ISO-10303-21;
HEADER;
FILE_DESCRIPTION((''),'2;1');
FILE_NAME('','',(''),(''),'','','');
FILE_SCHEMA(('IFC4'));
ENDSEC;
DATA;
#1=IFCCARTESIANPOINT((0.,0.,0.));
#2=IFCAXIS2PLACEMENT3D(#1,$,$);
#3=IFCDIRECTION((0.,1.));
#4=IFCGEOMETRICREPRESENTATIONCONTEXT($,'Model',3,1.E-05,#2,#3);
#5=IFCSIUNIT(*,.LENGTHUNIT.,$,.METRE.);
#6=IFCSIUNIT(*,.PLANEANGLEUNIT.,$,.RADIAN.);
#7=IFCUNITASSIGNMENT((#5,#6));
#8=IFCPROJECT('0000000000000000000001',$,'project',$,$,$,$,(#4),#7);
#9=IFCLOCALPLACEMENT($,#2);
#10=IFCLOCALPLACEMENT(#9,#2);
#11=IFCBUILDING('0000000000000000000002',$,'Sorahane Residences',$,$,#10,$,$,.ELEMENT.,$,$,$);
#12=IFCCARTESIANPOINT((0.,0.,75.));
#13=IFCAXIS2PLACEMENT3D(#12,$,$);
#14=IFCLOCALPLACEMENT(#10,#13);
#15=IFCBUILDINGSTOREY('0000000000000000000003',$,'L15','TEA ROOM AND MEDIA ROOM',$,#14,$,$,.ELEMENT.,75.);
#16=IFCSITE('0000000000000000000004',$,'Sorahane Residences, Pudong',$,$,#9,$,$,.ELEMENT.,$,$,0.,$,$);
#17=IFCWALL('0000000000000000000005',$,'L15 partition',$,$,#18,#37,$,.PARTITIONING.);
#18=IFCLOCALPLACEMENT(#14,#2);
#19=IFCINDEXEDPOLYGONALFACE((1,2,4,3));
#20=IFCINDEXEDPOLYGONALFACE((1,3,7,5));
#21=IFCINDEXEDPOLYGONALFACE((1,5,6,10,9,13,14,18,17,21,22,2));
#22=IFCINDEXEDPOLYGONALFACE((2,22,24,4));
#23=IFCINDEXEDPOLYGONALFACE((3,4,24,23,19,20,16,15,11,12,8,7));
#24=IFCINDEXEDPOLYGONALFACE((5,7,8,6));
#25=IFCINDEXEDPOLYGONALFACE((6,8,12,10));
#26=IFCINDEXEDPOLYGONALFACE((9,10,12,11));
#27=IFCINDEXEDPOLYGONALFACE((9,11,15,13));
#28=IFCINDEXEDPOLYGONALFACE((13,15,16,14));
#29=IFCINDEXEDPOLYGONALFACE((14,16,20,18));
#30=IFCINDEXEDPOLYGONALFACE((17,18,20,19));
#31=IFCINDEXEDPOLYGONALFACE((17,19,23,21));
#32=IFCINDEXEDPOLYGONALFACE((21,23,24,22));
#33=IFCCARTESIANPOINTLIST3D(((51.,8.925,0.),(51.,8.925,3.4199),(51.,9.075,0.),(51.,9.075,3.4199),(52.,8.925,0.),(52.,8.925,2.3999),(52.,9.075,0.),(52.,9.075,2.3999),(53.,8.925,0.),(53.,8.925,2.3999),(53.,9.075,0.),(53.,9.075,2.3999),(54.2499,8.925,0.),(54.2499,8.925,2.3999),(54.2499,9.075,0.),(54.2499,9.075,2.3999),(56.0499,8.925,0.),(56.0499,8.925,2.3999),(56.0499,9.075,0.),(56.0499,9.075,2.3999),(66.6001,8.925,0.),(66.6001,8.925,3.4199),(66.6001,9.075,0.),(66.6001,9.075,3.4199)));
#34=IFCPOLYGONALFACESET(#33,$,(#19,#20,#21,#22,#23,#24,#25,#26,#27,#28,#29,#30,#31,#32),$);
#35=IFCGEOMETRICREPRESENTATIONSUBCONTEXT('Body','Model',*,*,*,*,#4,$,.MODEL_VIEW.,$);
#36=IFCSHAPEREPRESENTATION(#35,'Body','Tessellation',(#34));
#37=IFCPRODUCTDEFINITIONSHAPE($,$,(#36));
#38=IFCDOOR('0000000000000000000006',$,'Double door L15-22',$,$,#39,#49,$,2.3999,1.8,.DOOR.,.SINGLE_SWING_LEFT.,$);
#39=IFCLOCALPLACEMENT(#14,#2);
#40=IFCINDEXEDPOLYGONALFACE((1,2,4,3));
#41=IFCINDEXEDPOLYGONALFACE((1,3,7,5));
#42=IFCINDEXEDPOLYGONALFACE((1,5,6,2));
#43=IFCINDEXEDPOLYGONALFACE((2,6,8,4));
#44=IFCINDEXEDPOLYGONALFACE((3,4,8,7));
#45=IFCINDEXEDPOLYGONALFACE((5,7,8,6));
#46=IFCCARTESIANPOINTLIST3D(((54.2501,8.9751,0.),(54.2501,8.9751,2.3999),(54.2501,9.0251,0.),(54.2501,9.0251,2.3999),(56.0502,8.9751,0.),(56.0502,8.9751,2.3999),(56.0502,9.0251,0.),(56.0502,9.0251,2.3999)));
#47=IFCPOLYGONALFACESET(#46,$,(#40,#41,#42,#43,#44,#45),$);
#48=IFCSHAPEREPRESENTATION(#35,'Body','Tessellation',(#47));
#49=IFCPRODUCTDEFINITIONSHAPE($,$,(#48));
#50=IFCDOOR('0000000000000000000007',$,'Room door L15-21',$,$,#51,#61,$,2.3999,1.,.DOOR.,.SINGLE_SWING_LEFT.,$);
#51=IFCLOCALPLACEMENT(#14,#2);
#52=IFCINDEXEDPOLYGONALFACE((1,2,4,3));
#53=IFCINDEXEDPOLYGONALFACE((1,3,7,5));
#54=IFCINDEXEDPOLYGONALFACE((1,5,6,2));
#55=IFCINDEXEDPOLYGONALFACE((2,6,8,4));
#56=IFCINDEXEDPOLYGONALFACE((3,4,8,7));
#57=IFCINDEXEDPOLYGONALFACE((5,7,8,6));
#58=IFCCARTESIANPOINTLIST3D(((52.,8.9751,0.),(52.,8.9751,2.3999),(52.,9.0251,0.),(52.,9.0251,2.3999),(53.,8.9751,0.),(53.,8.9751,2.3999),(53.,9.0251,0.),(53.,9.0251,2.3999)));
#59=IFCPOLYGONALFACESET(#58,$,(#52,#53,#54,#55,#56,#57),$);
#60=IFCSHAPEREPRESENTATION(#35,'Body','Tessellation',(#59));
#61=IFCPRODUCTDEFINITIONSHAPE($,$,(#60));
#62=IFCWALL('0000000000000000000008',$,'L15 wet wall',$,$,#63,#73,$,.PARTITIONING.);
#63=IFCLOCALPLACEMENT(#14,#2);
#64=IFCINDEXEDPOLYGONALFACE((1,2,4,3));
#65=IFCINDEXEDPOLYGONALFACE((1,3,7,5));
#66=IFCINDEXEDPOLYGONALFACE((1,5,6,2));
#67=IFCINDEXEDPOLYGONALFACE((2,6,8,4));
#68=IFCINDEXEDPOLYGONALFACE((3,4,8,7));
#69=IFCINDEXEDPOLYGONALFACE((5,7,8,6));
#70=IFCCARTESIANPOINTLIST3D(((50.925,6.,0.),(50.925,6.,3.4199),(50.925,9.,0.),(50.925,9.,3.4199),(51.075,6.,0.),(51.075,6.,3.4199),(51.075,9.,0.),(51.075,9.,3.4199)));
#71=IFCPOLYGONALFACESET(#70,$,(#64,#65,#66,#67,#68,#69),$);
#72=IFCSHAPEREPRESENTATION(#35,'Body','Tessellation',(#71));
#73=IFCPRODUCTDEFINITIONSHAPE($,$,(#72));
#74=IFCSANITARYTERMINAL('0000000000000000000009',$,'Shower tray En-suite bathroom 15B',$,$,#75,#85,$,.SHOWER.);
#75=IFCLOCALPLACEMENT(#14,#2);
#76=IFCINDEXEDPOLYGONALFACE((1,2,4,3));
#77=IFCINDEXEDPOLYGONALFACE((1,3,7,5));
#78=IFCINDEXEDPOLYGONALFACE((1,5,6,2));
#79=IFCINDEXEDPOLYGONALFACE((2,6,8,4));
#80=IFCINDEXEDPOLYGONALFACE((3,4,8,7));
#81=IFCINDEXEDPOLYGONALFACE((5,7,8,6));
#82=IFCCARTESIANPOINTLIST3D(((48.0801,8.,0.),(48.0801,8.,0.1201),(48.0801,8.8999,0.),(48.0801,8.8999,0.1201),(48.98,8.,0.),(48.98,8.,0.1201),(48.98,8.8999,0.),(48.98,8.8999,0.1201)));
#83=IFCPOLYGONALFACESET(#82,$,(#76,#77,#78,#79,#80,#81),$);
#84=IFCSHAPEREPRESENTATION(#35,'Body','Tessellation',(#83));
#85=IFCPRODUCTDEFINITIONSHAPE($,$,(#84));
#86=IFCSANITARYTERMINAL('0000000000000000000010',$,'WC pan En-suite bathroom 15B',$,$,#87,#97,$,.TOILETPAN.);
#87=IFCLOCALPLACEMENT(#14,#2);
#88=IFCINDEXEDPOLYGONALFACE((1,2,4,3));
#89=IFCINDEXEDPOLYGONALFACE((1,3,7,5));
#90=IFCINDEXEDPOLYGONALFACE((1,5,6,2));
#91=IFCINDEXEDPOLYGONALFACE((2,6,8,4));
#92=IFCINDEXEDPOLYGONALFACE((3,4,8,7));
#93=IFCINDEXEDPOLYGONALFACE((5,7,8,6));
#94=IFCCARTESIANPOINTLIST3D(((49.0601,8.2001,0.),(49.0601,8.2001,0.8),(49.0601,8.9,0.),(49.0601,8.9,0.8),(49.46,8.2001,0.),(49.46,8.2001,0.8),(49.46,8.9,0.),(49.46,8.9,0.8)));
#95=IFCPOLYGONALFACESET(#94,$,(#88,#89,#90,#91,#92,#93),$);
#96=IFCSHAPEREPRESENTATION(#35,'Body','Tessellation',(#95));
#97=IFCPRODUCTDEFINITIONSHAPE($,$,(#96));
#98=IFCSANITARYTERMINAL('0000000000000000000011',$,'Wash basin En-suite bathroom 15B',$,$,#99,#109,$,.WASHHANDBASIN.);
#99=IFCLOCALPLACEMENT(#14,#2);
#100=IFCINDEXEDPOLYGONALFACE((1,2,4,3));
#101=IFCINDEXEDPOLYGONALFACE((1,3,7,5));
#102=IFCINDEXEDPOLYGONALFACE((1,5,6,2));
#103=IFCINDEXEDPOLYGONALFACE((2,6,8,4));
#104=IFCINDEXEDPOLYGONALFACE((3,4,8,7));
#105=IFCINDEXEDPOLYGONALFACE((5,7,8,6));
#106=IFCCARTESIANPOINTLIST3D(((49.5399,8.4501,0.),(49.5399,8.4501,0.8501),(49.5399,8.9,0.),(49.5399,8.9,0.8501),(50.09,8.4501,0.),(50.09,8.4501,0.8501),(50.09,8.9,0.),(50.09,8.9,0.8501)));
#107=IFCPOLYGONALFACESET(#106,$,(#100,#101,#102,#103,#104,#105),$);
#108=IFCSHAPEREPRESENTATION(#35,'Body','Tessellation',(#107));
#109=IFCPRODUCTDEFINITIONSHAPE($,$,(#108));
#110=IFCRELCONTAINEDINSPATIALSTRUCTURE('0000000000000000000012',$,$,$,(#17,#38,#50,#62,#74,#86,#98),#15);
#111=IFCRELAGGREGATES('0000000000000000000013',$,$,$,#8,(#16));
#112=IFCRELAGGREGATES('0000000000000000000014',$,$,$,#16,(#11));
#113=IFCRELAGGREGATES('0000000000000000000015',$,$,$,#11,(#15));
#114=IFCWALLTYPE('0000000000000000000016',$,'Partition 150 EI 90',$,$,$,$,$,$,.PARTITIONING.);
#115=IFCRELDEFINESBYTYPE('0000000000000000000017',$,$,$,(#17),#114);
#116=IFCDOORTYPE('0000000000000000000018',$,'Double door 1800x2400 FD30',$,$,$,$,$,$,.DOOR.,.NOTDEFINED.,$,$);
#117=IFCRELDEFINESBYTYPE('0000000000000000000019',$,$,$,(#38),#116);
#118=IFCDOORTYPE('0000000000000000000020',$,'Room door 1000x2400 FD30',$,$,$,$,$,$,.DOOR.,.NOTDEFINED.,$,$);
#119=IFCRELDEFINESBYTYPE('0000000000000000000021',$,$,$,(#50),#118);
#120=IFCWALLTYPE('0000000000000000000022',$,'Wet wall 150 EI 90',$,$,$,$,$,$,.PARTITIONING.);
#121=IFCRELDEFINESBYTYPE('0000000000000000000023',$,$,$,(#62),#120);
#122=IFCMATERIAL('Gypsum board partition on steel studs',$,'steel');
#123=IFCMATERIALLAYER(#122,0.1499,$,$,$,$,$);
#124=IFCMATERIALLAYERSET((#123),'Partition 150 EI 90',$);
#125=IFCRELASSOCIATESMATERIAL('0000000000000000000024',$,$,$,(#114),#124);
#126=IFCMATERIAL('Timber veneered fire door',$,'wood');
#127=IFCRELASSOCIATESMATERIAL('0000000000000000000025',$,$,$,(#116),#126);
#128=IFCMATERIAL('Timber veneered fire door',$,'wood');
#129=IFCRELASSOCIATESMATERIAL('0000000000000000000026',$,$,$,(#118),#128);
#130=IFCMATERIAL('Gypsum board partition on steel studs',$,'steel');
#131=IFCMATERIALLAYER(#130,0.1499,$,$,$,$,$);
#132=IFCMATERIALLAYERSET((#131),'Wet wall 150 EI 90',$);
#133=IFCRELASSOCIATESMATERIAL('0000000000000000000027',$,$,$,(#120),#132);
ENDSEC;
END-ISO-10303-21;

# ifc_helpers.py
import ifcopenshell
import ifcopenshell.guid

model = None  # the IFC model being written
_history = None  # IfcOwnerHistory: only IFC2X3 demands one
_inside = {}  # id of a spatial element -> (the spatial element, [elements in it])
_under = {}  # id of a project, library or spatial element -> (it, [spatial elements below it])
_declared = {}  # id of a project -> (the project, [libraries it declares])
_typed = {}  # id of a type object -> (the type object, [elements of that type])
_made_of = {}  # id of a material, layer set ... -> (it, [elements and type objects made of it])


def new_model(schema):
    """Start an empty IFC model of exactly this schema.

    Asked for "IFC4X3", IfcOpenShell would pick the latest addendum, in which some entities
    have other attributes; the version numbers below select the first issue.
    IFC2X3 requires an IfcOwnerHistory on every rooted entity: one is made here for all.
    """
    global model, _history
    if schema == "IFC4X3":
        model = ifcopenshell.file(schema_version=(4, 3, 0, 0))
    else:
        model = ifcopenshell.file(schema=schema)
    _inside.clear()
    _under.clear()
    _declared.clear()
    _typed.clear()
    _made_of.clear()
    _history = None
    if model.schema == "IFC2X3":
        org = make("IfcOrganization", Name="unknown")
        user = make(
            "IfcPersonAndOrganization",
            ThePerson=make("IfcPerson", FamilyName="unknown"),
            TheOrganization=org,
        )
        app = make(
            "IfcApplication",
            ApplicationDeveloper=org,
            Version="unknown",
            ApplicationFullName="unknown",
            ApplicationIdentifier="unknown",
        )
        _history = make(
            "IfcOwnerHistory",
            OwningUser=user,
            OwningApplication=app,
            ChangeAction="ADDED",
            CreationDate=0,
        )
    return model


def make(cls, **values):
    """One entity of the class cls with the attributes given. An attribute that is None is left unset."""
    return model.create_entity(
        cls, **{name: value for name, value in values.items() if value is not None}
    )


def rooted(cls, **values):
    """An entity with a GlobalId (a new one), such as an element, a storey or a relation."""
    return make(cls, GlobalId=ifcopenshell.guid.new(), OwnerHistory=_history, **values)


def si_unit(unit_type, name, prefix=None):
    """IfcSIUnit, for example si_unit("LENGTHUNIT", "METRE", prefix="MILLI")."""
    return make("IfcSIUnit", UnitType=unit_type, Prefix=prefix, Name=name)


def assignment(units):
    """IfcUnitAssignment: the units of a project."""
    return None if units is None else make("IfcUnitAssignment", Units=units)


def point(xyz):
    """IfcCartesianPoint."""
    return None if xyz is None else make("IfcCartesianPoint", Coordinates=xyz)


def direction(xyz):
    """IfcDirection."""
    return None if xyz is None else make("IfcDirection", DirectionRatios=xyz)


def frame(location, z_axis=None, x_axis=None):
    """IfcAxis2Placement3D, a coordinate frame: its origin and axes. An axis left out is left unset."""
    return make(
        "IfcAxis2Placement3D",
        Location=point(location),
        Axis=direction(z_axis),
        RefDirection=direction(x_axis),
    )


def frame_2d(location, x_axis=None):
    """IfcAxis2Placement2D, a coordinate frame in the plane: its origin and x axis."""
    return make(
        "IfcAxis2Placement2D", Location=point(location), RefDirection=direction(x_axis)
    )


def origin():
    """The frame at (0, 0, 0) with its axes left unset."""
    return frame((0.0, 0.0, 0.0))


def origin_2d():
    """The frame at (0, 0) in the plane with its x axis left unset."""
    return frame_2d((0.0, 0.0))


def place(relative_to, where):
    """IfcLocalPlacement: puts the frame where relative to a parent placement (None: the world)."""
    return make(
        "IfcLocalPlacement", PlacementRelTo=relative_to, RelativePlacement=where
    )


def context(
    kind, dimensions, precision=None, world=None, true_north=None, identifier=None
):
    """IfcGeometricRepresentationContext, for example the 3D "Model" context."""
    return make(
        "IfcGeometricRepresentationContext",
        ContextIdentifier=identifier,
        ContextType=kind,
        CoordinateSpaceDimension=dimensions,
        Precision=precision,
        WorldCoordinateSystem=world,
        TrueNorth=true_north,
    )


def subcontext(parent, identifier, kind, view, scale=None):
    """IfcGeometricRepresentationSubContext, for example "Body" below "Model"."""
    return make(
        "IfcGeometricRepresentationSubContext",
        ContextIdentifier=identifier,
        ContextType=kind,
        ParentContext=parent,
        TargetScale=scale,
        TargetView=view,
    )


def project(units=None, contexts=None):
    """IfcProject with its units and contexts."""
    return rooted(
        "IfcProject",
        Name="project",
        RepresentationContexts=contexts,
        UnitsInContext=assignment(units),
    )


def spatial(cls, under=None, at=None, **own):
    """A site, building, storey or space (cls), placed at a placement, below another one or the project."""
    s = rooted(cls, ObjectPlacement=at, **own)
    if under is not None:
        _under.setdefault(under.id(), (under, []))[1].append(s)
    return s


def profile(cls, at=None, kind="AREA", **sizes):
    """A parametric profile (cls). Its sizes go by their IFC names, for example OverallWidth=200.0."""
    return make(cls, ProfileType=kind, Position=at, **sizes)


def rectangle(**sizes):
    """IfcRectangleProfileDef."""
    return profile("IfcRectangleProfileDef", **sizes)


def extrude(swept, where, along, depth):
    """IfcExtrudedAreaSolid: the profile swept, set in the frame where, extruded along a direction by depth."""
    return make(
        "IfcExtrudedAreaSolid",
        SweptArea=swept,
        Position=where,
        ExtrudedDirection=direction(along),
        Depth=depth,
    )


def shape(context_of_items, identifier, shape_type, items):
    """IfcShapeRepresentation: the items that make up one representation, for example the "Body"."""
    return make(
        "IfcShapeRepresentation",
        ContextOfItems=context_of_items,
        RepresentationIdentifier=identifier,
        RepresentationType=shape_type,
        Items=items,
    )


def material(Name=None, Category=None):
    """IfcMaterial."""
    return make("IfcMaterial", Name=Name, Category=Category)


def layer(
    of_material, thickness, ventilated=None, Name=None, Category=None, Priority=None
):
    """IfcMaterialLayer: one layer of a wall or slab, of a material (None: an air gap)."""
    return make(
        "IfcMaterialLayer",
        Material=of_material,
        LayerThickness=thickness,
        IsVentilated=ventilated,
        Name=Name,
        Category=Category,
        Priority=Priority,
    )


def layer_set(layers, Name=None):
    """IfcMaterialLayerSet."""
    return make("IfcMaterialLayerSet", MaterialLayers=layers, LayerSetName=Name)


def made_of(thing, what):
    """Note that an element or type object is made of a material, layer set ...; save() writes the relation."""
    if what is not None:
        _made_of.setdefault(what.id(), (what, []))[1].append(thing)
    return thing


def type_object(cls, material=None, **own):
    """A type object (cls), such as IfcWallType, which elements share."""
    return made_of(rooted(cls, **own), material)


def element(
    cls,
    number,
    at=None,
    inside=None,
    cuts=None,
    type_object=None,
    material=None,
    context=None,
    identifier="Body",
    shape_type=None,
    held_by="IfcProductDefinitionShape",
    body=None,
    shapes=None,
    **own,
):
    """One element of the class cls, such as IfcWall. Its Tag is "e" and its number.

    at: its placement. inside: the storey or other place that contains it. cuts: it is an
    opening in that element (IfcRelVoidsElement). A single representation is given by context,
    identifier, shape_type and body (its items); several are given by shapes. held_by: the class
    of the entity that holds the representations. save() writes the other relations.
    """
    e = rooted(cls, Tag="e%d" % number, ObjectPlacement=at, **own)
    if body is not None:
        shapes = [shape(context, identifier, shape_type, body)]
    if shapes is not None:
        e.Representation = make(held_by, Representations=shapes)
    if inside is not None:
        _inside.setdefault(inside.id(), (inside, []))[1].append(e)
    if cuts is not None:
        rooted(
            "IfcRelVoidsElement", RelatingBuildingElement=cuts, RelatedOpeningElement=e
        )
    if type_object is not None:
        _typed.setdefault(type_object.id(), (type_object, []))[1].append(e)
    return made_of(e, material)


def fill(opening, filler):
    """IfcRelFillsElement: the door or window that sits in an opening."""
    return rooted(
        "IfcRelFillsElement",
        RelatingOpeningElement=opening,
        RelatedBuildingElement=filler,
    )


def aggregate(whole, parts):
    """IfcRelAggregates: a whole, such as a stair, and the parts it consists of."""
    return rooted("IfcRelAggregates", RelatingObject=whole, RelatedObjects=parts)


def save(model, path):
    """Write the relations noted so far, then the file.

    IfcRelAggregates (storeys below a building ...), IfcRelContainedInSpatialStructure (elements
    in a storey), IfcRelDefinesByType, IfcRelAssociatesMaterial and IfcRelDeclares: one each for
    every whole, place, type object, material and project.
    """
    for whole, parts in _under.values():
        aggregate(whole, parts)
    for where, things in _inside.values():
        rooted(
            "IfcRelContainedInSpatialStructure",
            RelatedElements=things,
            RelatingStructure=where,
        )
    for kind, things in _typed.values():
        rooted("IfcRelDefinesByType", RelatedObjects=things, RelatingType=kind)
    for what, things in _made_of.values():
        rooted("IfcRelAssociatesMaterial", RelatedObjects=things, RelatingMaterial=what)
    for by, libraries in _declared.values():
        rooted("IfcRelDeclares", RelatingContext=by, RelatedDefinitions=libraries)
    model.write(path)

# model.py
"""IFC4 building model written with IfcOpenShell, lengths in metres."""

from ifc_helpers import new_model, si_unit, direction, frame, frame_2d, origin, origin_2d, place, context, subcontext, project, spatial, rectangle, extrude, material, layer, layer_set, type_object, element, fill, save


model = new_model("IFC4")

# Units and contexts
model_context = context("Model", 3, precision=1e-05, world=origin(), true_north=direction((0.0, 1.0)))
body_context = subcontext(model_context, "Body", "Model", "MODEL_VIEW")
ifc_project = project(units=[si_unit("LENGTHUNIT", "METRE"), si_unit("PLANEANGLEUNIT", "RADIAN")], contexts=[model_context])

# Site, building, storey
site_placement = place(None, origin())
site = spatial("IfcSite", under=ifc_project, at=site_placement, Name="Sorahane Residences, Pudong", CompositionType="ELEMENT", RefElevation=0.0)
building_placement = place(site_placement, origin())
building = spatial("IfcBuilding", under=site, at=building_placement, Name="Sorahane Residences", CompositionType="ELEMENT")
storey_placement = place(building_placement, frame((0.0, 0.0, 75.0)))
storey = spatial("IfcBuildingStorey", under=building, at=storey_placement, Name="L15", Description="TEA ROOM AND MEDIA ROOM", CompositionType="ELEMENT", Elevation=75.0)

# Shared definitions
ifc_material_1 = material(Name="Gypsum board partition on steel studs", Category="steel")
ifc_layer_1 = layer(ifc_material_1, 0.1499)
ifc_layer_set_1 = layer_set([ifc_layer_1], Name="Partition 150 EI 90")
wall_type_1 = type_object("IfcWallType", Name="Partition 150 EI 90", PredefinedType="PARTITIONING", material=ifc_layer_set_1)

# Wall, openings, doors
ifc_material_2 = material(Name="Timber veneered fire door", Category="wood")
door_type_1 = type_object("IfcDoorType", Name="Double door 1800x2400 FD30", OperationType="NOTDEFINED", PredefinedType="DOOR", material=ifc_material_2)
ifc_material_3 = material(Name="Timber veneered fire door", Category="wood")
door_type_2 = type_object("IfcDoorType", Name="Room door 1000x2400 FD30", OperationType="NOTDEFINED", PredefinedType="DOOR", material=ifc_material_3)
wall_1_placement = place(storey_placement, frame((51.0, 9.0, 0.0), z_axis=(0.0, 0.0, 1.0), x_axis=(1.0, 0.0, 0.0)))
wall_1 = element("IfcWall", 1, at=wall_1_placement, inside=storey, type_object=wall_type_1, Name="L15 partition", PredefinedType="PARTITIONING", context=body_context, shape_type="SweptSolid", body=[
    extrude(rectangle(XDim=15.6001, YDim=0.1499, at=frame_2d((7.8, 0.0))), origin(), (0.0, 0.0, 1.0), 3.4199),
])
opening_1_placement = place(wall_1_placement, frame((1.0, 0.0, 0.0)))
opening_1 = element("IfcOpeningElement", 2, at=opening_1_placement, cuts=wall_1, PredefinedType="OPENING", context=body_context, shape_type="SweptSolid", body=[
    extrude(rectangle(XDim=1.0, YDim=2.3999, at=frame_2d((0.5, 1.2))), frame((0.0, 0.085, 0.0), z_axis=(0.0, -1.0, 0.0), x_axis=(1.0, 0.0, 0.0)), (0.0, 0.0, 1.0), 0.1699),
])
opening_2_placement = place(wall_1_placement, frame((3.25, 0.0, 0.0)))
opening_2 = element("IfcOpeningElement", 3, at=opening_2_placement, cuts=wall_1, PredefinedType="OPENING", context=body_context, shape_type="SweptSolid", body=[
    extrude(rectangle(XDim=1.8, YDim=2.3999, at=frame_2d((0.8999, 1.2))), frame((0.0, 0.085, 0.0), z_axis=(0.0, -1.0, 0.0), x_axis=(1.0, 0.0, 0.0)), (0.0, 0.0, 1.0), 0.1699),
])
door_1_placement = place(opening_2_placement, frame((1.8, 0.0, 0.0), z_axis=(0.0, 0.0, 1.0), x_axis=(-1.0, 0.0, 0.0)))
door_1 = element("IfcDoor", 4, at=door_1_placement, inside=storey, type_object=door_type_1, Name="Double door L15-22", OperationType="SINGLE_SWING_LEFT", OverallHeight=2.3999, OverallWidth=1.8, PredefinedType="DOOR", context=body_context, shape_type="SweptSolid", body=[
    extrude(rectangle(XDim=1.8, YDim=2.3999, at=frame_2d((0.8999, 1.2))), frame((0.0, 0.0249, 0.0), z_axis=(0.0, -1.0, 0.0), x_axis=(1.0, 0.0, 0.0)), (0.0, 0.0, 1.0), 0.05),
])
fill(opening_2, door_1)
door_2_placement = place(opening_1_placement, frame((1.0, 0.0, 0.0), z_axis=(0.0, 0.0, 1.0), x_axis=(-1.0, 0.0, 0.0)))
door_2 = element("IfcDoor", 5, at=door_2_placement, inside=storey, type_object=door_type_2, Name="Room door L15-21", OperationType="SINGLE_SWING_LEFT", OverallHeight=2.3999, OverallWidth=1.0, PredefinedType="DOOR", context=body_context, shape_type="SweptSolid", body=[
    extrude(rectangle(XDim=1.0, YDim=2.3999, at=frame_2d((0.5, 1.2))), frame((0.0, 0.0249, 0.0), z_axis=(0.0, -1.0, 0.0), x_axis=(1.0, 0.0, 0.0)), (0.0, 0.0, 1.0), 0.05),
])
fill(opening_1, door_2)

# Wall
ifc_material_4 = material(Name="Gypsum board partition on steel studs", Category="steel")
ifc_layer_2 = layer(ifc_material_4, 0.1499)
ifc_layer_set_2 = layer_set([ifc_layer_2], Name="Wet wall 150 EI 90")
wall_type_2 = type_object("IfcWallType", Name="Wet wall 150 EI 90", PredefinedType="PARTITIONING", material=ifc_layer_set_2)
wall_2_placement = place(storey_placement, frame((51.0, 6.0, 0.0), z_axis=(0.0, 0.0, 1.0), x_axis=(0.0, 1.0, 0.0)))
element("IfcWall", 6, at=wall_2_placement, inside=storey, type_object=wall_type_2, Name="L15 wet wall", PredefinedType="PARTITIONING", context=body_context, shape_type="SweptSolid", body=[
    extrude(rectangle(XDim=3.0, YDim=0.1499, at=frame_2d((1.5, 0.0))), origin(), (0.0, 0.0, 1.0), 3.4199),
])

# Sanitary terminals
sanitary_terminal_1_placement = place(storey_placement, frame((48.53, 8.45, 0.0), z_axis=(0.0, 0.0, 1.0), x_axis=(1.0, 0.0, 0.0)))
element("IfcSanitaryTerminal", 7, at=sanitary_terminal_1_placement, inside=storey, Name="Shower tray En-suite bathroom 15B", PredefinedType="SHOWER", context=body_context, shape_type="SweptSolid", body=[
    extrude(rectangle(XDim=0.8999, YDim=0.8999, at=origin_2d()), origin(), (0.0, 0.0, 1.0), 0.1201),
])
sanitary_terminal_2_placement = place(storey_placement, frame((49.26, 8.55, 0.0), z_axis=(0.0, 0.0, 1.0), x_axis=(1.0, 0.0, 0.0)))
element("IfcSanitaryTerminal", 8, at=sanitary_terminal_2_placement, inside=storey, Name="WC pan En-suite bathroom 15B", PredefinedType="TOILETPAN", context=body_context, shape_type="SweptSolid", body=[
    extrude(rectangle(XDim=0.3999, YDim=0.7, at=origin_2d()), origin(), (0.0, 0.0, 1.0), 0.8),
])
sanitary_terminal_3_placement = place(storey_placement, frame((49.8149, 8.675, 0.0), z_axis=(0.0, 0.0, 1.0), x_axis=(1.0, 0.0, 0.0)))
element("IfcSanitaryTerminal", 9, at=sanitary_terminal_3_placement, inside=storey, Name="Wash basin En-suite bathroom 15B", PredefinedType="WASHHANDBASIN", context=body_context, shape_type="SweptSolid", body=[
    extrude(rectangle(XDim=0.55, YDim=0.45, at=origin_2d()), origin(), (0.0, 0.0, 1.0), 0.8501),
])

save(model, "model.ifc")
